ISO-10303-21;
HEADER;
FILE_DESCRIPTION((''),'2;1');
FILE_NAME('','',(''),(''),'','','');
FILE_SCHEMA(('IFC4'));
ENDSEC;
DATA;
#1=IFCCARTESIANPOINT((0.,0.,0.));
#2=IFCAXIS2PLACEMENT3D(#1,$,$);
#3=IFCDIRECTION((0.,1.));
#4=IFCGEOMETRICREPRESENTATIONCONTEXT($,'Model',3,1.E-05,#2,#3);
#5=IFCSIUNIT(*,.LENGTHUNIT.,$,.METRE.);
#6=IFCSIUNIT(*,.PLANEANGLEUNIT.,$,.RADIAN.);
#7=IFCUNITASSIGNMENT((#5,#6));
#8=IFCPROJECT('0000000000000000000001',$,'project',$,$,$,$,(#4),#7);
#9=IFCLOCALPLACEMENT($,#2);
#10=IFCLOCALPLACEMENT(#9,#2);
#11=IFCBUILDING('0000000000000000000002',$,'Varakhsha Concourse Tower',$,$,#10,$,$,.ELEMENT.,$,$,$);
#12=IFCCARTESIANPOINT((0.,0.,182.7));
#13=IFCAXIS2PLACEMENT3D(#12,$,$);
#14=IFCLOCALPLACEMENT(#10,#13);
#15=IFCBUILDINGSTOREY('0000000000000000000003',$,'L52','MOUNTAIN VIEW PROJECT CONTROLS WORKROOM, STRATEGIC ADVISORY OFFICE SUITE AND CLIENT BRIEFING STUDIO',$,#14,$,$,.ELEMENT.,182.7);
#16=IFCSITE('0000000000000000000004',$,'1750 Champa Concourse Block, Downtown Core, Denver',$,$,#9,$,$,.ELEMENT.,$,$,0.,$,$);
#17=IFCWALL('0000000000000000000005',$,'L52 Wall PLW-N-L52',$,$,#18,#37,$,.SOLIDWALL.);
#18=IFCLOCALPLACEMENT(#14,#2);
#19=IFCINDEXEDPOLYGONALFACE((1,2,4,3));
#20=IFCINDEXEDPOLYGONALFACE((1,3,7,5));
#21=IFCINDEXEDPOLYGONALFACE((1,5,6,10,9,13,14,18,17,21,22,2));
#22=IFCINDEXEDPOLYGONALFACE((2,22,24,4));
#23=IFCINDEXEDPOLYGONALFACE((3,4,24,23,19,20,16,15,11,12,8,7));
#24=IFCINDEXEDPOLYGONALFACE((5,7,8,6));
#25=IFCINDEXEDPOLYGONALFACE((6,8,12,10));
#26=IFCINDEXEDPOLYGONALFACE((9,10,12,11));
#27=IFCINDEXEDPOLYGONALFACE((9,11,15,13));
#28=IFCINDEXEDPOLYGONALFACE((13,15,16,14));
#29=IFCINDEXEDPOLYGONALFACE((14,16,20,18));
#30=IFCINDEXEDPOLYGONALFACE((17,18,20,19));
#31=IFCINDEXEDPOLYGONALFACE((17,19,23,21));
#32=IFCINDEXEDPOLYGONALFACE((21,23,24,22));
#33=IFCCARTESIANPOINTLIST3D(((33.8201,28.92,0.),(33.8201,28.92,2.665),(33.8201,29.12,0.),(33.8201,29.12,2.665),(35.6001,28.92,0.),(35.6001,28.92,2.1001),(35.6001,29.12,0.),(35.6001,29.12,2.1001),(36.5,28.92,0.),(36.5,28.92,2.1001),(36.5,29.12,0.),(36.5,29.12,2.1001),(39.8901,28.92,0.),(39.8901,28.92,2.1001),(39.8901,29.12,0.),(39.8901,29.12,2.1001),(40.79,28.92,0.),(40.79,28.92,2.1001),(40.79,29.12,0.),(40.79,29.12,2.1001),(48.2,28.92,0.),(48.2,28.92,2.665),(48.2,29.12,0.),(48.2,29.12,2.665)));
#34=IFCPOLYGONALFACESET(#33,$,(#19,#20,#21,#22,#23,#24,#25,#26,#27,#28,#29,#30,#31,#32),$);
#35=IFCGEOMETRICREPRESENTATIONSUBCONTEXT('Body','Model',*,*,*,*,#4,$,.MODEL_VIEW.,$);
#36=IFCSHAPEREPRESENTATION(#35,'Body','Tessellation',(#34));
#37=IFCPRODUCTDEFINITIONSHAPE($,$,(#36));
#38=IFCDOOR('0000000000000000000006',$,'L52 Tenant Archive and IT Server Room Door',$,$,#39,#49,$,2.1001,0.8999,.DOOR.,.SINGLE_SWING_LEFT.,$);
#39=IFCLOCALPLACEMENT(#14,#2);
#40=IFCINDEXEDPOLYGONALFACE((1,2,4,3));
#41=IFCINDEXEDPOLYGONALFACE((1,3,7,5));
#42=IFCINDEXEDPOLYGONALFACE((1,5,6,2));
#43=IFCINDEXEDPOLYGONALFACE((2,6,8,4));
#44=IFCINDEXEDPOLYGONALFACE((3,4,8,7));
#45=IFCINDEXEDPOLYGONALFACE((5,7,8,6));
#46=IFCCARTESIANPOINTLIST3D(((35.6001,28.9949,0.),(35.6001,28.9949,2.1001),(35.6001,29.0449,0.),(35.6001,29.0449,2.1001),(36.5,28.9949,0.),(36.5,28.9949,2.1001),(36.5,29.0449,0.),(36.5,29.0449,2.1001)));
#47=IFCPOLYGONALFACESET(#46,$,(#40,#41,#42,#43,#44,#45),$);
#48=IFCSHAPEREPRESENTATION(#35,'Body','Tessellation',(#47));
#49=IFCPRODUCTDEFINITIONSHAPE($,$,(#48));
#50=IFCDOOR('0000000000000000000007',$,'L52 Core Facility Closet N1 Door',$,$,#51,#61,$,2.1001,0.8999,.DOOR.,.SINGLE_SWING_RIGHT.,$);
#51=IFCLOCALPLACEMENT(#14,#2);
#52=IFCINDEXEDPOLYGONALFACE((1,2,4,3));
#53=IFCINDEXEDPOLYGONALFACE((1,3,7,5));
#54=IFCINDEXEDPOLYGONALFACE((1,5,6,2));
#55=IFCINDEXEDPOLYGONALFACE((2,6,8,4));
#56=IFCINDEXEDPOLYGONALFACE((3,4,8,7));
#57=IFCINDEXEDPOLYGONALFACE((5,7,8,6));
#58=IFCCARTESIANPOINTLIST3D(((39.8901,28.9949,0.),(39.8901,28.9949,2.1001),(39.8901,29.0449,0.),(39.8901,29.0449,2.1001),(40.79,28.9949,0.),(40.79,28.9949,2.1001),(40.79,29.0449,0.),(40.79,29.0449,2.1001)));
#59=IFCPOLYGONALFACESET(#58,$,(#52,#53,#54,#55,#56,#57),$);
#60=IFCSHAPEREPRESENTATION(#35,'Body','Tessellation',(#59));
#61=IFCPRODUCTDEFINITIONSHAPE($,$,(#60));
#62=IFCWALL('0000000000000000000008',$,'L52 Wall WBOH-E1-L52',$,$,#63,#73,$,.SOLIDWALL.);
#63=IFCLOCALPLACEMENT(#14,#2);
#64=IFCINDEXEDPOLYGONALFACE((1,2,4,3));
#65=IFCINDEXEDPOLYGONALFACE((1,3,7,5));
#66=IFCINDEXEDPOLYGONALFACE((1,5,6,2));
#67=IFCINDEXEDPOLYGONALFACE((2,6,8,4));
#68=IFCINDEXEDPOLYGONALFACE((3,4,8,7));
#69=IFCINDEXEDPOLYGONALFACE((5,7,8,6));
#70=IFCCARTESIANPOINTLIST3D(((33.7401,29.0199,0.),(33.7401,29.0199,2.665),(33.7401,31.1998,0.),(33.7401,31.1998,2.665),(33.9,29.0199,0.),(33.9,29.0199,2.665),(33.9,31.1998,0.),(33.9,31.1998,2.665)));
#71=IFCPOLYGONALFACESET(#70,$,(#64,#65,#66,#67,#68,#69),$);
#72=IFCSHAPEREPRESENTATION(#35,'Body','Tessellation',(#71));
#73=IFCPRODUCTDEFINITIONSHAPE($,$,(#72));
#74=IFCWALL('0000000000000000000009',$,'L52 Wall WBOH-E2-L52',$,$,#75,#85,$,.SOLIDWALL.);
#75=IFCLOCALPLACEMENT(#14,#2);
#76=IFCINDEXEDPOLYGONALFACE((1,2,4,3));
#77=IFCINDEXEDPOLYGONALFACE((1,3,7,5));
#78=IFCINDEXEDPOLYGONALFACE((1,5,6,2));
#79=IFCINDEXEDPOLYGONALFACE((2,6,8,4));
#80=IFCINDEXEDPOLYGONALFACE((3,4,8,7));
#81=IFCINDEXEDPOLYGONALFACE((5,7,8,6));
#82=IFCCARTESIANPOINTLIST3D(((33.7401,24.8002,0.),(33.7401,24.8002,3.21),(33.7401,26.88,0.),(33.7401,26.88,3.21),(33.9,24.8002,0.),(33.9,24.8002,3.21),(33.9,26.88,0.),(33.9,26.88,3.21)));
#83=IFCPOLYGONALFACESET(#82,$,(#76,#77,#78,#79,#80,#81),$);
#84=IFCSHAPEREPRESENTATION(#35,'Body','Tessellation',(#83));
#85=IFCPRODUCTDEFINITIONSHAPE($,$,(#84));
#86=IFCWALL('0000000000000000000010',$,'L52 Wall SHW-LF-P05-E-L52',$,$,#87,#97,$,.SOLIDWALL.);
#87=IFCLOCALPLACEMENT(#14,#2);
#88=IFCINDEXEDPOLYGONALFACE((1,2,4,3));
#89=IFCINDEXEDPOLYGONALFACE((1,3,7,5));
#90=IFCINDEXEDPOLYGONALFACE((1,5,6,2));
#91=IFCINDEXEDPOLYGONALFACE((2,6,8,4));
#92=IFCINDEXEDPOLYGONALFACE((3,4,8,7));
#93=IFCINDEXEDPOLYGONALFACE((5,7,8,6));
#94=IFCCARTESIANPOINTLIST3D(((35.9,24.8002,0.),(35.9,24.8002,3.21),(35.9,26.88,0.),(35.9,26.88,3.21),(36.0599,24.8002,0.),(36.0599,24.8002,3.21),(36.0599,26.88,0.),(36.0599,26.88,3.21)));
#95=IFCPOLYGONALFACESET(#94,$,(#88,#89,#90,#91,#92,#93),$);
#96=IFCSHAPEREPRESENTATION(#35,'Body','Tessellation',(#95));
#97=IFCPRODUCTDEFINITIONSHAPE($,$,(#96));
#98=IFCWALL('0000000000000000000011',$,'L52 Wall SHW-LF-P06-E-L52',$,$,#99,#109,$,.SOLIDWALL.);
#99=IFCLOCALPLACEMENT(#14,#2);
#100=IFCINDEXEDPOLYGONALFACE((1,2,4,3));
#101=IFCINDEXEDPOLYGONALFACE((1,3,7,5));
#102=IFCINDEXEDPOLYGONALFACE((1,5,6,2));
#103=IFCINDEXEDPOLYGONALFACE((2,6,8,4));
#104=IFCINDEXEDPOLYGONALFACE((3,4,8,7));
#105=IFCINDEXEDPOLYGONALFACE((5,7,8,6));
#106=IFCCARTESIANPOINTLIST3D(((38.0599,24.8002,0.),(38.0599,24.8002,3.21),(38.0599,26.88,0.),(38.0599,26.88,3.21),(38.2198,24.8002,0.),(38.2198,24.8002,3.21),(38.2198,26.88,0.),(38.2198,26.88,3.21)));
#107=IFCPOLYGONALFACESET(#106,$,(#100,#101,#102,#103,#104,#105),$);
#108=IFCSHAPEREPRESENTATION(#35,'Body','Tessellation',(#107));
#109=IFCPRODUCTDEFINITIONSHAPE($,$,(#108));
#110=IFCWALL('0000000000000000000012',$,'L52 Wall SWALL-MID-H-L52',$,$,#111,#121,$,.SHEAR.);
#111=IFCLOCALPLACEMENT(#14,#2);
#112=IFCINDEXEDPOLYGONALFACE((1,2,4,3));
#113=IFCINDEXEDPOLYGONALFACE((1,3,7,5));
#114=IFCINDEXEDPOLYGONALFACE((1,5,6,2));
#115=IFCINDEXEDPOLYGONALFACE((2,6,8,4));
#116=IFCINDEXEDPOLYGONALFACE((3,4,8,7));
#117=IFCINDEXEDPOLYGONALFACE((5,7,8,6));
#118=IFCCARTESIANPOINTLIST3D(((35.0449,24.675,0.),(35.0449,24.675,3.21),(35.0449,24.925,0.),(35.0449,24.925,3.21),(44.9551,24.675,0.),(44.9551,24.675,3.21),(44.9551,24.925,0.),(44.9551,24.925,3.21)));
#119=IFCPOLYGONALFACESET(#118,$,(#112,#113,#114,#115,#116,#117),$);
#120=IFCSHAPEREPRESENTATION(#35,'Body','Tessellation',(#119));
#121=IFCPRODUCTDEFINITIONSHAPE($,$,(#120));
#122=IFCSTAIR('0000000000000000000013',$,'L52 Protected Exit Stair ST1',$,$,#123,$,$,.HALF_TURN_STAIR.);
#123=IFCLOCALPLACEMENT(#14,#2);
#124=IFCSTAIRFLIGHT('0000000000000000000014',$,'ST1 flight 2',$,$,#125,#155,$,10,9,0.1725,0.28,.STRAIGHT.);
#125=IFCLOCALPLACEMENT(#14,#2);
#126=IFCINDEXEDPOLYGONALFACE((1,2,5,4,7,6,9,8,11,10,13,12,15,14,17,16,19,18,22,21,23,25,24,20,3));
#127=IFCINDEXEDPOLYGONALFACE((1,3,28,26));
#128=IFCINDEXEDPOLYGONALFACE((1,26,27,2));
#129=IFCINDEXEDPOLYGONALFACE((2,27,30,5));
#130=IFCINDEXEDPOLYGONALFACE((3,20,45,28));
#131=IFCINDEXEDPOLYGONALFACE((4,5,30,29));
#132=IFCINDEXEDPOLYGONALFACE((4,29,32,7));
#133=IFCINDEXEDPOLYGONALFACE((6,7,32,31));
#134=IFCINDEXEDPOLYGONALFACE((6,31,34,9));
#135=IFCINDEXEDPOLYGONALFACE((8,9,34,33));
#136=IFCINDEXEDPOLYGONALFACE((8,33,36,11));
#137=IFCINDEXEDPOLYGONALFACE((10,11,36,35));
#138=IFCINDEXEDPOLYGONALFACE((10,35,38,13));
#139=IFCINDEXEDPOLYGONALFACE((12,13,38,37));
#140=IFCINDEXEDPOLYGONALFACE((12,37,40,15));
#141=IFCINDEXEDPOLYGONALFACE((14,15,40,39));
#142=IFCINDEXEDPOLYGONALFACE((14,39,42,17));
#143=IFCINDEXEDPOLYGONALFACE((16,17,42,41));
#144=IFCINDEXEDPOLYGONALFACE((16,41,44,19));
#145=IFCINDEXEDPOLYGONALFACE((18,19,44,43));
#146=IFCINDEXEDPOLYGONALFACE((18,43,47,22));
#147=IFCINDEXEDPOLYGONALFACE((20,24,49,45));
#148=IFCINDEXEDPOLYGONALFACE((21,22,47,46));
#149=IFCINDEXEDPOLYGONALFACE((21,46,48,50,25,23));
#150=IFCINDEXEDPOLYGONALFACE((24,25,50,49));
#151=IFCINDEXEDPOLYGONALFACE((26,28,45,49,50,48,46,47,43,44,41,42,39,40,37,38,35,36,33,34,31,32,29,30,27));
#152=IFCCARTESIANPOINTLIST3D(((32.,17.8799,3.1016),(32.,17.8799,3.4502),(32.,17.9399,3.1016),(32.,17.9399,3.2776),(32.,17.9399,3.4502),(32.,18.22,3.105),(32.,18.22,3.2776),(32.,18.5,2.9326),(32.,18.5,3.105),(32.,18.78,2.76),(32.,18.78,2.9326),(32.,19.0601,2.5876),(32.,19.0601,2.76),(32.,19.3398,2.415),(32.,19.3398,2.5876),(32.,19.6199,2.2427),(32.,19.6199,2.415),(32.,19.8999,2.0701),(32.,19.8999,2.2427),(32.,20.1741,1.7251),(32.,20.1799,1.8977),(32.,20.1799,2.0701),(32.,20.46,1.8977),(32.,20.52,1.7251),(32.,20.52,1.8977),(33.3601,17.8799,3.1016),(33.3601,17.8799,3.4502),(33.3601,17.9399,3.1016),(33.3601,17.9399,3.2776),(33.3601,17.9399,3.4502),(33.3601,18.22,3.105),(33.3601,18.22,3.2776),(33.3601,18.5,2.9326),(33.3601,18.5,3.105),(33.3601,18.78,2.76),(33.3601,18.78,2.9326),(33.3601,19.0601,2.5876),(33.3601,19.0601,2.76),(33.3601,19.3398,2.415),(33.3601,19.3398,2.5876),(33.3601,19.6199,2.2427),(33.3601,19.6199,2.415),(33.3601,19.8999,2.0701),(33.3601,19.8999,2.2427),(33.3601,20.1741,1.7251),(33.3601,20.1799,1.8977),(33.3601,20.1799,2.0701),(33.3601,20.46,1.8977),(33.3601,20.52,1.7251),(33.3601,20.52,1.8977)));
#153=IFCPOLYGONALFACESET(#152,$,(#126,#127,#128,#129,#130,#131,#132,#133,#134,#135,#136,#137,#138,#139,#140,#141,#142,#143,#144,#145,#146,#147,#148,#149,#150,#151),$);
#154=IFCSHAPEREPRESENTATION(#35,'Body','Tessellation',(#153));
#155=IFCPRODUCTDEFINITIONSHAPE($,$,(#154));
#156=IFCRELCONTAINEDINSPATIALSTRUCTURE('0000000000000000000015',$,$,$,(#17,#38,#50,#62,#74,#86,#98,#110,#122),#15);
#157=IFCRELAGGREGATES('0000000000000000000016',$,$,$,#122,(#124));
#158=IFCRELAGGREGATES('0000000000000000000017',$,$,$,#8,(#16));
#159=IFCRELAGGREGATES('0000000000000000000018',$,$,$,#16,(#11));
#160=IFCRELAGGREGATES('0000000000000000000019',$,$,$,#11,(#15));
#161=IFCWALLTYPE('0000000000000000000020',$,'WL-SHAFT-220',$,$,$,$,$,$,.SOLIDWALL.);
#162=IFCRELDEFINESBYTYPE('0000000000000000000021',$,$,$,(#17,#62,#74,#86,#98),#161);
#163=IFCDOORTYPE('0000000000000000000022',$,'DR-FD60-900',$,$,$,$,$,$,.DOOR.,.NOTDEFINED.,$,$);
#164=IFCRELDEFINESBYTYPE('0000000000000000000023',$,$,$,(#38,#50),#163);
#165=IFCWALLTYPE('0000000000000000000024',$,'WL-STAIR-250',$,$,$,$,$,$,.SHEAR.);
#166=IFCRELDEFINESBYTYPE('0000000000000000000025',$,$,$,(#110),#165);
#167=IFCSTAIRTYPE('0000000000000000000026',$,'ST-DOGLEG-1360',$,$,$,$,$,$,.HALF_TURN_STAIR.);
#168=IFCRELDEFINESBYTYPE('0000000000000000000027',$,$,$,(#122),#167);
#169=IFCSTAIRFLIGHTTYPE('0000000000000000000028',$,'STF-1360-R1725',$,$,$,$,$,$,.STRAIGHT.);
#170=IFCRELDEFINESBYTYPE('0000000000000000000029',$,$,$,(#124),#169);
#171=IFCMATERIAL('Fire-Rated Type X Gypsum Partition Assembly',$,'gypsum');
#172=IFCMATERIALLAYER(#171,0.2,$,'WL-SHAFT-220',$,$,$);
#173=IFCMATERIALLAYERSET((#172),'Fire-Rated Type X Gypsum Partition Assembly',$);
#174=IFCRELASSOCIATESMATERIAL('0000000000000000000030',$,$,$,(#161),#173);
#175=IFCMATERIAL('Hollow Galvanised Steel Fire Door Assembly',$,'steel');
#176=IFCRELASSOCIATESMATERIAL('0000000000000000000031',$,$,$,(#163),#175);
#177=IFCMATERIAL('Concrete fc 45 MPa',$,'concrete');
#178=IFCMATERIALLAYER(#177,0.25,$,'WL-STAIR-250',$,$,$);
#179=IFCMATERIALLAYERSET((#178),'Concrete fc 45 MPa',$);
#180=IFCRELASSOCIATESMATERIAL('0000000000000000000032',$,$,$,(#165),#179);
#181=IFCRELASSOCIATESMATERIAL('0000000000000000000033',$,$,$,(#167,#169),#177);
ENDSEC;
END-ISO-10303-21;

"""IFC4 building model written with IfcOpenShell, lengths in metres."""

from ifc_helpers import new_model, si_unit, direction, frame, frame_2d, origin, place, context, subcontext, project, spatial, polyline, rectangle, outline, extrude, material, layer, layer_set, type_object, element, fill, aggregate, save


model = new_model("IFC4")

# Units and contexts
model_context = context("Model", 3, precision=1e-05, world=origin(), true_north=direction((0.0, 1.0)))
body_context = subcontext(model_context, "Body", "Model", "MODEL_VIEW")
ifc_project = project(units=[si_unit("LENGTHUNIT", "METRE"), si_unit("PLANEANGLEUNIT", "RADIAN")], contexts=[model_context])

# Site, building, storey
site_placement = place(None, origin())
site = spatial("IfcSite", under=ifc_project, at=site_placement, Name="1750 Champa Concourse Block, Downtown Core, Denver", CompositionType="ELEMENT", RefElevation=0.0)
building_placement = place(site_placement, origin())
building = spatial("IfcBuilding", under=site, at=building_placement, Name="Varakhsha Concourse Tower", CompositionType="ELEMENT")
storey_placement = place(building_placement, frame((0.0, 0.0, 182.7)))
storey = spatial("IfcBuildingStorey", under=building, at=storey_placement, Name="L52", Description="MOUNTAIN VIEW PROJECT CONTROLS WORKROOM, STRATEGIC ADVISORY OFFICE SUITE AND CLIENT BRIEFING STUDIO", CompositionType="ELEMENT", Elevation=182.7)

# Shared definitions
ifc_material_1 = material(Name="Fire-Rated Type X Gypsum Partition Assembly", Category="gypsum")

# Shared definitions
ifc_material_2 = material(Name="Hollow Galvanised Steel Fire Door Assembly", Category="steel")

# Shared definitions
ifc_layer_1 = layer(ifc_material_1, 0.2, Name="WL-SHAFT-220")
ifc_layer_set_1 = layer_set([ifc_layer_1], Name="Fire-Rated Type X Gypsum Partition Assembly")
wall_type_1 = type_object("IfcWallType", Name="WL-SHAFT-220", PredefinedType="SOLIDWALL", material=ifc_layer_set_1)

# Wall, openings, doors
wall_1_placement = place(storey_placement, frame((33.8201, 29.02, 0.0), z_axis=(0.0, 0.0, 1.0), x_axis=(1.0, 0.0, 0.0)))
wall_1 = element("IfcWall", 1, at=wall_1_placement, inside=storey, type_object=wall_type_1, Name="L52 Wall PLW-N-L52", PredefinedType="SOLIDWALL", context=body_context, shape_type="SweptSolid", body=[
    extrude(rectangle(XDim=14.3799, YDim=0.2, at=frame_2d((7.1899, 0.0))), origin(), (0.0, 0.0, 1.0), 2.665),
])
opening_1_placement = place(wall_1_placement, frame((1.78, 0.0, 0.0)))
opening_1 = element("IfcOpeningElement", 2, at=opening_1_placement, cuts=wall_1, PredefinedType="OPENING", context=body_context, shape_type="SweptSolid", body=[
    extrude(rectangle(XDim=0.8999, YDim=2.1001, at=frame_2d((0.45, 1.05))), frame((0.0, 0.1099, 0.0), z_axis=(0.0, -1.0, 0.0), x_axis=(1.0, 0.0, 0.0)), (0.0, 0.0, 1.0), 0.22),
])
opening_2_placement = place(wall_1_placement, frame((6.0701, 0.0, 0.0)))
opening_2 = element("IfcOpeningElement", 3, at=opening_2_placement, cuts=wall_1, PredefinedType="OPENING", context=body_context, shape_type="SweptSolid", body=[
    extrude(rectangle(XDim=0.8999, YDim=2.1001, at=frame_2d((0.45, 1.05))), frame((0.0, 0.1099, 0.0), z_axis=(0.0, -1.0, 0.0), x_axis=(1.0, 0.0, 0.0)), (0.0, 0.0, 1.0), 0.22),
])
door_type_1 = type_object("IfcDoorType", Name="DR-FD60-900", OperationType="NOTDEFINED", PredefinedType="DOOR", material=ifc_material_2)
door_1_placement = place(opening_1_placement, origin())
door_1 = element("IfcDoor", 4, at=door_1_placement, inside=storey, type_object=door_type_1, Name="L52 Tenant Archive and IT Server Room Door", OperationType="SINGLE_SWING_LEFT", OverallHeight=2.1001, OverallWidth=0.8999, PredefinedType="DOOR", context=body_context, shape_type="SweptSolid", body=[
    extrude(rectangle(XDim=0.8999, YDim=2.1001, at=frame_2d((0.45, 1.05))), frame((0.0, 0.0249, 0.0), z_axis=(0.0, -1.0, 0.0), x_axis=(1.0, 0.0, 0.0)), (0.0, 0.0, 1.0), 0.05),
])
fill(opening_1, door_1)
door_2_placement = place(opening_2_placement, origin())
door_2 = element("IfcDoor", 5, at=door_2_placement, inside=storey, type_object=door_type_1, Name="L52 Core Facility Closet N1 Door", OperationType="SINGLE_SWING_RIGHT", OverallHeight=2.1001, OverallWidth=0.8999, PredefinedType="DOOR", context=body_context, shape_type="SweptSolid", body=[
    extrude(rectangle(XDim=0.8999, YDim=2.1001, at=frame_2d((0.45, 1.05))), frame((0.0, 0.0249, 0.0), z_axis=(0.0, -1.0, 0.0), x_axis=(1.0, 0.0, 0.0)), (0.0, 0.0, 1.0), 0.05),
])
fill(opening_2, door_2)

# Walls
wall_2_placement = place(storey_placement, frame((33.8201, 29.02, 0.0), z_axis=(0.0, 0.0, 1.0), x_axis=(0.0, 1.0, 0.0)))
element("IfcWall", 6, at=wall_2_placement, inside=storey, type_object=wall_type_1, Name="L52 Wall WBOH-E1-L52", PredefinedType="SOLIDWALL", context=body_context, shape_type="SweptSolid", body=[
    extrude(rectangle(XDim=2.1799, YDim=0.1599, at=frame_2d((1.0898, 0.0))), origin(), (0.0, 0.0, 1.0), 2.665),
])
for number, where, z_axis, x_axis, name in (
    (7, (33.8201, 24.8, 0.0), (0.0, 0.0, 1.0), (0.0, 1.0, 0.0), "L52 Wall WBOH-E2-L52"),
    (8, (35.98, 24.8, 0.0), (0.0, 0.0, 1.0), (0.0, 1.0, 0.0), "L52 Wall SHW-LF-P05-E-L52"),
    (9, (38.1399, 24.8, 0.0), (0.0, 0.0, 1.0), (0.0, 1.0, 0.0), "L52 Wall SHW-LF-P06-E-L52"),
):
    element("IfcWall", number, at=place(storey_placement, frame(where, z_axis=z_axis, x_axis=x_axis)), inside=storey, type_object=wall_type_1, Name=name, PredefinedType="SOLIDWALL", context=body_context, shape_type="SweptSolid", body=[
        extrude(rectangle(XDim=2.0798, YDim=0.1599, at=frame_2d((1.04, 0.0))), origin(), (0.0, 0.0, 1.0), 3.21),
    ])
ifc_material_3 = material(Name="Concrete fc 45 MPa", Category="concrete")
ifc_layer_2 = layer(ifc_material_3, 0.25, Name="WL-STAIR-250")
ifc_layer_set_2 = layer_set([ifc_layer_2], Name="Concrete fc 45 MPa")
wall_type_2 = type_object("IfcWallType", Name="WL-STAIR-250", PredefinedType="SHEAR", material=ifc_layer_set_2)
wall_3_placement = place(storey_placement, frame((35.0449, 24.8, 0.0), z_axis=(0.0, 0.0, 1.0), x_axis=(1.0, 0.0, 0.0)))
element("IfcWall", 10, at=wall_3_placement, inside=storey, type_object=wall_type_2, Name="L52 Wall SWALL-MID-H-L52", PredefinedType="SHEAR", context=body_context, shape_type="SweptSolid", body=[
    extrude(rectangle(XDim=9.9102, YDim=0.25, at=frame_2d((4.9551, 0.0))), origin(), (0.0, 0.0, 1.0), 3.21),
])

# Stair, stair flight
stair_type = type_object("IfcStairType", Name="ST-DOGLEG-1360", PredefinedType="HALF_TURN_STAIR", material=ifc_material_3)
stair_placement = place(storey_placement, origin())
stair = element("IfcStair", 11, at=stair_placement, inside=storey, type_object=stair_type, Name="L52 Protected Exit Stair ST1", PredefinedType="HALF_TURN_STAIR")
stair_flight_type = type_object("IfcStairFlightType", Name="STF-1360-R1725", PredefinedType="STRAIGHT", material=ifc_material_3)
stair_flight_placement = place(storey_placement, frame((32.6799, 20.46, 1.7251), z_axis=(0.0, 0.0, 1.0), x_axis=(0.0, -1.0, 0.0)))
stair_flight = element("IfcStairFlight", 12, at=stair_flight_placement, type_object=stair_flight_type, Name="ST1 flight 2", NumberOfRisers=10, NumberOfTreads=9, PredefinedType="STRAIGHT", RiserHeight=0.1725, TreadLength=0.28, context=body_context, shape_type="SweptSolid", body=[
    extrude(outline(polyline([(-0.0601, 0.0), (-0.0601, 0.1726), (0.0, 0.1726), (0.28, 0.1726), (0.28, 0.345), (0.5601, 0.345), (0.5601, 0.5176), (0.8401, 0.5176), (0.8401, 0.6899), (1.1201, 0.6899), (1.1201, 0.8625), (1.3999, 0.8625), (1.3999, 1.0349), (1.6799, 1.0349), (1.6799, 1.2075), (1.96, 1.2075), (1.96, 1.3799), (2.24, 1.3799), (2.24, 1.5525), (2.52, 1.5525), (2.52, 1.7251), (2.5801, 1.7251), (2.5801, 1.3765), (2.52, 1.3765), (0.2859, 0.0), (-0.0601, 0.0)])), frame((0.0, 0.6802, 0.0), z_axis=(0.0, -1.0, 0.0), x_axis=(1.0, 0.0, 0.0)), (0.0, 0.0, 1.0), 1.3601),
])
aggregate(stair, [stair_flight])

save(model, "model.ifc")
